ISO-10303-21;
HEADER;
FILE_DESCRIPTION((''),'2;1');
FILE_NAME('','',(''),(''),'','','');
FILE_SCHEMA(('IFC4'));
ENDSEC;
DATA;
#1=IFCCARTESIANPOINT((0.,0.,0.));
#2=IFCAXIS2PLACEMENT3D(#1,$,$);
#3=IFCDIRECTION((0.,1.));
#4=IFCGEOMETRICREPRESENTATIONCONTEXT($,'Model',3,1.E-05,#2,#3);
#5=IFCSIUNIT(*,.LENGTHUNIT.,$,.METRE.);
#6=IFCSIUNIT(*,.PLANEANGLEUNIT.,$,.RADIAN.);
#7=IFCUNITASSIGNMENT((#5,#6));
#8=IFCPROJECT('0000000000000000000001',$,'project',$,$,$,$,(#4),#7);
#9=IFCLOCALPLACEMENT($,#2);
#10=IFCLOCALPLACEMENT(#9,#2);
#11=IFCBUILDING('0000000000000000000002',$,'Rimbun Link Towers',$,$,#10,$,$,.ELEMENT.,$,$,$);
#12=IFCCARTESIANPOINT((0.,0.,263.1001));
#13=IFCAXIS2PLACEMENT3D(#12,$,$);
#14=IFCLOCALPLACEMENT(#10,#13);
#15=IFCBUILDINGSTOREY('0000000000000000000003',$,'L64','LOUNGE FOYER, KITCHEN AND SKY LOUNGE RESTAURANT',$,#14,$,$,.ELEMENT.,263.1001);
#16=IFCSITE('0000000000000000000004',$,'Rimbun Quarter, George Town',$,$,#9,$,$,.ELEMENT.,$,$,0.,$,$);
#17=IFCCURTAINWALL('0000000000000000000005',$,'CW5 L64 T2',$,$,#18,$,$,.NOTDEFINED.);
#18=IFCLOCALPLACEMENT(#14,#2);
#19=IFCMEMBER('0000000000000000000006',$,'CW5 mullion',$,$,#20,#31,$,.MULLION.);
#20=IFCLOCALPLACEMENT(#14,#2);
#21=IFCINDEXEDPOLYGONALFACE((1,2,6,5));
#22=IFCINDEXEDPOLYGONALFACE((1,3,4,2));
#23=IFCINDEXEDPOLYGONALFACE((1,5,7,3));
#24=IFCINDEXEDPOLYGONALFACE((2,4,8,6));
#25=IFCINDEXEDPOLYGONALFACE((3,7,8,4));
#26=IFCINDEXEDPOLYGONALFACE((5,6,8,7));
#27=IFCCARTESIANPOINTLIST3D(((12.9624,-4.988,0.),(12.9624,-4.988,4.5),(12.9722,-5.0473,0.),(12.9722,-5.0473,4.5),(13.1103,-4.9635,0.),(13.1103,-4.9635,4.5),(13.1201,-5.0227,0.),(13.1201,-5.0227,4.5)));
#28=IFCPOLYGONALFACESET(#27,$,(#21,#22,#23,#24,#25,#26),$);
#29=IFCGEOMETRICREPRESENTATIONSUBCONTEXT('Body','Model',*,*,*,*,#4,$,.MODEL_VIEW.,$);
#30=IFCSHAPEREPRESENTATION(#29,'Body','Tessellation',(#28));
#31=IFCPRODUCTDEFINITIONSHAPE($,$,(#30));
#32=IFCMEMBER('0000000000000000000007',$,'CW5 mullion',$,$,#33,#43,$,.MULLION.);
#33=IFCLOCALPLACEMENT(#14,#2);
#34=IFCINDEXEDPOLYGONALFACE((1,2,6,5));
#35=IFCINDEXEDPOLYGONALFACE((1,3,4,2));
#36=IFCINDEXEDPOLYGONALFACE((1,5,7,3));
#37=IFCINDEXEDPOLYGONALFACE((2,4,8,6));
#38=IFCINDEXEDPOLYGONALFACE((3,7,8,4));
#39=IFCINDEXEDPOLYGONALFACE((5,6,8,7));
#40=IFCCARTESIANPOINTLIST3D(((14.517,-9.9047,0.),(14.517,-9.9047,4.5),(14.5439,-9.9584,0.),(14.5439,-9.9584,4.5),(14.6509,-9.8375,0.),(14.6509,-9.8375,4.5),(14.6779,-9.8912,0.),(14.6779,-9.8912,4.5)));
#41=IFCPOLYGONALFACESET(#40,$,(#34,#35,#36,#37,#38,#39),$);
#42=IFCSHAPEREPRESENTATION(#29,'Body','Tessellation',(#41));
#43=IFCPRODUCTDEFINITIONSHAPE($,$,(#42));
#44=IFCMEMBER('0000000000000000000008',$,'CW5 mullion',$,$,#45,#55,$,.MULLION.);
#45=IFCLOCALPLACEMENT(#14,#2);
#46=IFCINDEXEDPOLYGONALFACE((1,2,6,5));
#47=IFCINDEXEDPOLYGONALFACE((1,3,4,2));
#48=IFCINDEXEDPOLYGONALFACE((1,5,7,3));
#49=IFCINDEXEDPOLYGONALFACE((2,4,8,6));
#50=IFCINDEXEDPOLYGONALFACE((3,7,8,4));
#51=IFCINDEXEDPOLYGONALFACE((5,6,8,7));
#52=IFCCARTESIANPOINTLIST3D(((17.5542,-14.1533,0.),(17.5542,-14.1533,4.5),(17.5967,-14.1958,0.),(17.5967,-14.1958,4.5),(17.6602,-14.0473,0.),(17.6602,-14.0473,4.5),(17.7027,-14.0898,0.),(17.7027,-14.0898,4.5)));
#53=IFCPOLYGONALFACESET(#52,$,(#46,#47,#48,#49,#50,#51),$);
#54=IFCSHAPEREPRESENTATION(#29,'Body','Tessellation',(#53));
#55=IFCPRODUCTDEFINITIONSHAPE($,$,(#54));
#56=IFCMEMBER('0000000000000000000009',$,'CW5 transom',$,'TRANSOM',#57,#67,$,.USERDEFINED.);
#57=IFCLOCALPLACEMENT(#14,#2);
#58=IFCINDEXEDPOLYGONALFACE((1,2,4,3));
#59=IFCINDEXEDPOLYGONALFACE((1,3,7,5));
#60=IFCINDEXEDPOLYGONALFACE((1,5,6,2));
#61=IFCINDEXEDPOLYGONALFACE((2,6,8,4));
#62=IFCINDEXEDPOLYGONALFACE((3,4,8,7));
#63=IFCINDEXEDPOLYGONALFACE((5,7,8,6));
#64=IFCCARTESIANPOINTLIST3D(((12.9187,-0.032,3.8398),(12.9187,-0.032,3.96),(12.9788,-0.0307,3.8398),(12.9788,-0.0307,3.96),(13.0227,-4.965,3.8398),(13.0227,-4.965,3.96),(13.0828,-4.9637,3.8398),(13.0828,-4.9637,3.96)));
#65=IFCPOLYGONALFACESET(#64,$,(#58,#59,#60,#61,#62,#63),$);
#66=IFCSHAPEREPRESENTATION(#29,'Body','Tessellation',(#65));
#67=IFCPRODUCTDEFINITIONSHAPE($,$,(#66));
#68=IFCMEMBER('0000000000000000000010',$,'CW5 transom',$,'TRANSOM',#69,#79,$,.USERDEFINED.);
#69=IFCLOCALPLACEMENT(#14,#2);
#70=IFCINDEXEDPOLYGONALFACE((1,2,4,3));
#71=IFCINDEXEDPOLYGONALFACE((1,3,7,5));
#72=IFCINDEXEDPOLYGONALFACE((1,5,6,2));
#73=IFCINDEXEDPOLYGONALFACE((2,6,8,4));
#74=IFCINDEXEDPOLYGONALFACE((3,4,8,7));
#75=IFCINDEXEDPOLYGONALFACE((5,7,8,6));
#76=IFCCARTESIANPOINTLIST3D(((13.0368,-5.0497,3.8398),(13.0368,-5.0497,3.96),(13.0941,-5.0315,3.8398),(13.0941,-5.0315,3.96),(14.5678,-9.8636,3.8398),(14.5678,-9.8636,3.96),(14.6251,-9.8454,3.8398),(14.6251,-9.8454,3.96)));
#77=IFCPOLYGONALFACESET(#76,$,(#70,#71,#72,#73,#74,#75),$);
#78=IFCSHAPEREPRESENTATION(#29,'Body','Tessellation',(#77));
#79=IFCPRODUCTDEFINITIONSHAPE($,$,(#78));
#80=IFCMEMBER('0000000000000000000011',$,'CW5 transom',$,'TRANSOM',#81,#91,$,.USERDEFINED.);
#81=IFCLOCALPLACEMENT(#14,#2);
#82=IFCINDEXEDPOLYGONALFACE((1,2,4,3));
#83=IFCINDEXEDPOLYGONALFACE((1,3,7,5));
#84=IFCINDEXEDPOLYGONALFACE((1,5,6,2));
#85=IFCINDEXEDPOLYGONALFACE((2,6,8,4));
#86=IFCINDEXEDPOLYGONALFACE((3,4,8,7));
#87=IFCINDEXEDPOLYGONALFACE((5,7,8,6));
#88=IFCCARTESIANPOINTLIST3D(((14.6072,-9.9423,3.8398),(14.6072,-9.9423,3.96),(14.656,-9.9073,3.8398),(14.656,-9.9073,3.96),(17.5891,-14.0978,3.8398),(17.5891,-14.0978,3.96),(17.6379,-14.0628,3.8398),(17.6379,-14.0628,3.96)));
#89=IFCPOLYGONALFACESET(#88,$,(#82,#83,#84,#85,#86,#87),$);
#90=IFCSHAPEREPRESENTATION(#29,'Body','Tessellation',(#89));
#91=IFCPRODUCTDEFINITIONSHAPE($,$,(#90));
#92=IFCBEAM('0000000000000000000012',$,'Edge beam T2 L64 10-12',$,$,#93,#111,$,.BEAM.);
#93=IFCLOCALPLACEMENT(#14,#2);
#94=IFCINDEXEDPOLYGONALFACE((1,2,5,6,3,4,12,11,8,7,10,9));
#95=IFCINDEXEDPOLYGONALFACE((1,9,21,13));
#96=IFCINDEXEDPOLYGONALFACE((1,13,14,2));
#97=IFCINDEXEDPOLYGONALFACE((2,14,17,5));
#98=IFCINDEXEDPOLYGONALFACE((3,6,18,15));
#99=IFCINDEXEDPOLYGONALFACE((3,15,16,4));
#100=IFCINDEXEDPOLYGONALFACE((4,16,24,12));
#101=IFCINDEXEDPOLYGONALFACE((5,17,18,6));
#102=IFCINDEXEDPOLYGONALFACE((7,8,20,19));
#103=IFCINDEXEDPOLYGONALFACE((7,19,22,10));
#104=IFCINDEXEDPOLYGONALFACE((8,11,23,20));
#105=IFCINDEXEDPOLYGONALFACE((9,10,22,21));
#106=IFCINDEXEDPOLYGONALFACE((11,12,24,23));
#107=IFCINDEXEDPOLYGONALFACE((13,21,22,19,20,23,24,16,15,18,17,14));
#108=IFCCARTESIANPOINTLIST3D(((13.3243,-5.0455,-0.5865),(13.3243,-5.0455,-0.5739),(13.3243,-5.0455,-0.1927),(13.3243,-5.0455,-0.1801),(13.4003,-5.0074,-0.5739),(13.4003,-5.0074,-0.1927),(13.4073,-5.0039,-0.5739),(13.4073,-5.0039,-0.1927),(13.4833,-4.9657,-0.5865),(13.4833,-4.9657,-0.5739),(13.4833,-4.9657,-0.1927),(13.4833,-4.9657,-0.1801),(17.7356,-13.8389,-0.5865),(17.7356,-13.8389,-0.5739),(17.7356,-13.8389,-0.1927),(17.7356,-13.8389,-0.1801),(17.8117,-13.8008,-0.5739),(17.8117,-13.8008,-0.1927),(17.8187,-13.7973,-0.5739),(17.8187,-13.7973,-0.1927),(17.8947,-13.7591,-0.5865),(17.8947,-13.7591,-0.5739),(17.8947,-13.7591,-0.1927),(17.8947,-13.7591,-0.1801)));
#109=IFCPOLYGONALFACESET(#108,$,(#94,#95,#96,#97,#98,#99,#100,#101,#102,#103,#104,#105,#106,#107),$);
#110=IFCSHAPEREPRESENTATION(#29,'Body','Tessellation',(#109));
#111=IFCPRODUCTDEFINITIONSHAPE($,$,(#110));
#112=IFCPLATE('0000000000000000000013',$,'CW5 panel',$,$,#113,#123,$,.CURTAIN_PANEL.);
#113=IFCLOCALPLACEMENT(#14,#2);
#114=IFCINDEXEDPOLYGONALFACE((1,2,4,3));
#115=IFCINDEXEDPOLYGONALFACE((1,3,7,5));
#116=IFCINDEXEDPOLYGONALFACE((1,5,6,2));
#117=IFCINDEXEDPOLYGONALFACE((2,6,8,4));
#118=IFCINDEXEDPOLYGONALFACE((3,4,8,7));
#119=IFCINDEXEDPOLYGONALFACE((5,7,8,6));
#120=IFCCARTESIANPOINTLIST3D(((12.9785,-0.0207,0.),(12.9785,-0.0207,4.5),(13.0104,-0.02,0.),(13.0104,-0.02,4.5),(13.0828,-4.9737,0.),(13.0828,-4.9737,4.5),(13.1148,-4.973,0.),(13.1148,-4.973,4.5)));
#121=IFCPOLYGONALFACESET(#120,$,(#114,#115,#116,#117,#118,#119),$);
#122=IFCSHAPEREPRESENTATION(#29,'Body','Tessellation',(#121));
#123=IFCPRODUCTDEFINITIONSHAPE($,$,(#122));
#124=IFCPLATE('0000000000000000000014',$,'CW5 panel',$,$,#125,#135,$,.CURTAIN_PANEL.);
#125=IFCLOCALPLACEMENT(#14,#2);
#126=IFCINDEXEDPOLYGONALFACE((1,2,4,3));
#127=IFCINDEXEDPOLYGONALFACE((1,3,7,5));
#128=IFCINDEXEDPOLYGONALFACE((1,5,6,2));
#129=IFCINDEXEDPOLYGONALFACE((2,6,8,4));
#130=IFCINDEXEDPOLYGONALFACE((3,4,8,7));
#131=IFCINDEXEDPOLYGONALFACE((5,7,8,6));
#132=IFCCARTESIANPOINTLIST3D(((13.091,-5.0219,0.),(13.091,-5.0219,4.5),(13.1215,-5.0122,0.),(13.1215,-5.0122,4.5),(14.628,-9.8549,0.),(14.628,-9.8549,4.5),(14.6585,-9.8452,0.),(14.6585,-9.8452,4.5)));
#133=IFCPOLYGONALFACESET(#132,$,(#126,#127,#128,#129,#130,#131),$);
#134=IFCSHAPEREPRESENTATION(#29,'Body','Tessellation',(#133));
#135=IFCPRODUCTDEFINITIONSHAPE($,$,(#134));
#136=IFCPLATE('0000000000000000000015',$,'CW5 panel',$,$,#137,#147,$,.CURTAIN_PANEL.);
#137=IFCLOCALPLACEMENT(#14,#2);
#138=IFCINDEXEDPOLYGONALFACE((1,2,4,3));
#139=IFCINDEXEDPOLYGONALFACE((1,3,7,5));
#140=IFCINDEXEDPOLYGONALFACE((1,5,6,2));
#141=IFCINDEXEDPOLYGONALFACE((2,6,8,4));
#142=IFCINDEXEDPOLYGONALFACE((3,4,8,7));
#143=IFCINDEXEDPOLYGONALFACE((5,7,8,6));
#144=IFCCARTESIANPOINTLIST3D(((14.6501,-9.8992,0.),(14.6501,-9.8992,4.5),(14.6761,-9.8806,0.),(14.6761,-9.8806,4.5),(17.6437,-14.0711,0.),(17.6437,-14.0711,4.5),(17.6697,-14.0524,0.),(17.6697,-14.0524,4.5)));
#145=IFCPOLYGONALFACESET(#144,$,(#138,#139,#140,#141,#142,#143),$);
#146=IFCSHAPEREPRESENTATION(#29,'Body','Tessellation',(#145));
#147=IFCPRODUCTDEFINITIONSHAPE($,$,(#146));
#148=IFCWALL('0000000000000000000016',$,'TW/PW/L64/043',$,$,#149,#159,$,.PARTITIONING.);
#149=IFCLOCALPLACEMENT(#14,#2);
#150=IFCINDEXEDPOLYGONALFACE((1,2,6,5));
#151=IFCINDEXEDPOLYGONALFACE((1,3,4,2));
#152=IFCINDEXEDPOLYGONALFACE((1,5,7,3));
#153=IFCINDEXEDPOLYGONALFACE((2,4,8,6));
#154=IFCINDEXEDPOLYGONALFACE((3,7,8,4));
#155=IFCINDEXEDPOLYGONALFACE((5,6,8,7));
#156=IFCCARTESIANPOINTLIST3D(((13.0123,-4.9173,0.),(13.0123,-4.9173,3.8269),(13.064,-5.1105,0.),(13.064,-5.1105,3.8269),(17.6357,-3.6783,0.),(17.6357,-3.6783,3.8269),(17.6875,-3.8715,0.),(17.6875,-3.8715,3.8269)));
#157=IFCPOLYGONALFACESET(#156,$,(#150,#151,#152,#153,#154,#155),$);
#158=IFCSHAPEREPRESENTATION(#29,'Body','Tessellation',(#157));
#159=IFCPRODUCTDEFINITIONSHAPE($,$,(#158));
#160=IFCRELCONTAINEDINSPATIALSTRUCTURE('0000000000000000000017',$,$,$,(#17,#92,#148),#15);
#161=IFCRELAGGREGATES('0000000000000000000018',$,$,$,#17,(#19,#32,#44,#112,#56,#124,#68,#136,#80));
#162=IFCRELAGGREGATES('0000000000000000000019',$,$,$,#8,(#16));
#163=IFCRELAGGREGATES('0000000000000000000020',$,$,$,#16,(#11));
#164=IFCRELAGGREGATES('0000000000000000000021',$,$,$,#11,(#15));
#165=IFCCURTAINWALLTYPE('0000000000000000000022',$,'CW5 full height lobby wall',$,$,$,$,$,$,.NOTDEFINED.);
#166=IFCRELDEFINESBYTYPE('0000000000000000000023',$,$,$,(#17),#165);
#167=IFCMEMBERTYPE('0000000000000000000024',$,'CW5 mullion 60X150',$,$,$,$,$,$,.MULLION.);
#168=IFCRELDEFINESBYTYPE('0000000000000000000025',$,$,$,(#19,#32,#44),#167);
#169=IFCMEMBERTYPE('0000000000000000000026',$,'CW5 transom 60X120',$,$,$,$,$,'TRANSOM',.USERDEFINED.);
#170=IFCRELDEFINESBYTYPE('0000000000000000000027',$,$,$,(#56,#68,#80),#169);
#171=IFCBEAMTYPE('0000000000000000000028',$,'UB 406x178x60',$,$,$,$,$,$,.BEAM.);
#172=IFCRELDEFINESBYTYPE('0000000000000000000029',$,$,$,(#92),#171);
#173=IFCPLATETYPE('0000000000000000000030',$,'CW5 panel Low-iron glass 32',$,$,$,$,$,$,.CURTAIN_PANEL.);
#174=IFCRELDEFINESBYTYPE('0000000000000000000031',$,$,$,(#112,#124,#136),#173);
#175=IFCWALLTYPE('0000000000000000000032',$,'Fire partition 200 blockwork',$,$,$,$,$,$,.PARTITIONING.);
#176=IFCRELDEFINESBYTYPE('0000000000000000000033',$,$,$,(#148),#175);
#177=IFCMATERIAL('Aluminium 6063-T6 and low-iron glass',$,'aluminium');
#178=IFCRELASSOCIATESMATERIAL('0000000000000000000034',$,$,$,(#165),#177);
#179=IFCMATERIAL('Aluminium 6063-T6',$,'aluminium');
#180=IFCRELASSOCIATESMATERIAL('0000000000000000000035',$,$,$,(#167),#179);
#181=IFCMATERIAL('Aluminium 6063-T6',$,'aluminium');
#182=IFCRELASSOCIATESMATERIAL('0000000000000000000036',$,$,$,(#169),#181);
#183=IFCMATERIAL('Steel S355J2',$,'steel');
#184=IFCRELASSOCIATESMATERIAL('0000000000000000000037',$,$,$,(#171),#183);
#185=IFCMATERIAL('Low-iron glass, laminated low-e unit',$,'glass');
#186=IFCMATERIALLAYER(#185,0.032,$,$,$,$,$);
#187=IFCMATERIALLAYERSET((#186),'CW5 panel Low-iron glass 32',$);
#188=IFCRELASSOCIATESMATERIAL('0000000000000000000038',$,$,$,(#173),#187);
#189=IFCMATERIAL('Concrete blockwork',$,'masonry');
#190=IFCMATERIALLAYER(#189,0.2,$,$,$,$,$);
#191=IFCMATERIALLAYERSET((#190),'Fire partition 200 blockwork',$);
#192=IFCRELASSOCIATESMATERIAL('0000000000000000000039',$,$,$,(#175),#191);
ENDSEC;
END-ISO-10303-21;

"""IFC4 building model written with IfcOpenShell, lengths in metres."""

from ifc_helpers import new_model, si_unit, direction, frame, frame_2d, origin, origin_2d, place, context, subcontext, project, spatial, rectangle, i_section, extrude, material, layer, layer_set, material_profile, profile_set, type_object, element, aggregate, save


model = new_model("IFC4")

# Units and contexts
model_context = context("Model", 3, precision=1e-05, world=origin(), true_north=direction((0.0, 1.0)))
body_context = subcontext(model_context, "Body", "Model", "MODEL_VIEW")
ifc_project = project(units=[si_unit("LENGTHUNIT", "METRE"), si_unit("PLANEANGLEUNIT", "RADIAN")], contexts=[model_context])

# Site, building, storey
site_placement = place(None, origin())
site = spatial("IfcSite", under=ifc_project, at=site_placement, Name="Rimbun Quarter, George Town", CompositionType="ELEMENT", RefElevation=0.0)
building_placement = place(site_placement, origin())
building = spatial("IfcBuilding", under=site, at=building_placement, Name="Rimbun Link Towers", CompositionType="ELEMENT")
storey_placement = place(building_placement, frame((0.0, 0.0, 263.1001)))
storey = spatial("IfcBuildingStorey", under=building, at=storey_placement, Name="L64", Description="LOUNGE FOYER, KITCHEN AND SKY LOUNGE RESTAURANT", CompositionType="ELEMENT", Elevation=263.1001)

# Curtain wall, members
ifc_material_1 = material(Name="Aluminium 6063-T6 and low-iron glass", Category="aluminium")
curtain_wall_type = type_object("IfcCurtainWallType", Name="CW5 full height lobby wall", PredefinedType="NOTDEFINED", material=ifc_material_1)
curtain_wall_placement = place(storey_placement, origin())
curtain_wall = element("IfcCurtainWall", 1, at=curtain_wall_placement, inside=storey, type_object=curtain_wall_type, Name="CW5 L64 T2", PredefinedType="NOTDEFINED")
ifc_material_2 = material(Name="Aluminium 6063-T6", Category="aluminium")
ifc_material_profile_1 = material_profile(ifc_material_2, rectangle(XDim=0.1499, YDim=0.0601, at=origin_2d()), Name="MULLION 60X150")
ifc_profile_set_1 = profile_set([ifc_material_profile_1], Name="Aluminium 6063-T6")
member_type_1 = type_object("IfcMemberType", Name="CW5 mullion 60X150", PredefinedType="MULLION", material=ifc_profile_set_1)
member_1_placement = place(storey_placement, frame((13.0413, -5.0054, 0.0), z_axis=(0.0, 0.0, 1.0), x_axis=(-0.986502, -0.163751, 0.0)))
member_1 = element("IfcMember", 2, at=member_1_placement, type_object=member_type_1, Name="CW5 mullion", PredefinedType="MULLION", context=body_context, shape_type="SweptSolid", body=[
    extrude(rectangle(XDim=0.1499, YDim=0.0601, at=origin_2d()), origin(), (0.0, 0.0, 1.0), 4.5),
])
member_2_placement = place(storey_placement, frame((14.5974, -9.8979, 0.0), z_axis=(0.0, 0.0, 1.0), x_axis=(-0.893745, -0.448575, 0.0)))
member_2 = element("IfcMember", 3, at=member_2_placement, type_object=member_type_1, Name="CW5 mullion", PredefinedType="MULLION", context=body_context, shape_type="SweptSolid", body=[
    extrude(rectangle(XDim=0.1499, YDim=0.0601, at=origin_2d()), origin(), (0.0, 0.0, 1.0), 4.5),
])
member_3_placement = place(storey_placement, frame((17.6284, -14.1216, 0.0), z_axis=(0.0, 0.0, 1.0), x_axis=(-0.707107, -0.707107, 0.0)))
member_3 = element("IfcMember", 4, at=member_3_placement, type_object=member_type_1, Name="CW5 mullion", PredefinedType="MULLION", context=body_context, shape_type="SweptSolid", body=[
    extrude(rectangle(XDim=0.1499, YDim=0.0601, at=origin_2d()), origin(), (0.0, 0.0, 1.0), 4.5),
])
ifc_material_3 = material(Name="Aluminium 6063-T6", Category="aluminium")
ifc_material_profile_2 = material_profile(ifc_material_3, rectangle(XDim=0.0601, YDim=0.1201, at=origin_2d()), Name="TRANSOM 60X120")
ifc_profile_set_2 = profile_set([ifc_material_profile_2], Name="Aluminium 6063-T6")
member_type_2 = type_object("IfcMemberType", Name="CW5 transom 60X120", ElementType="TRANSOM", PredefinedType="USERDEFINED", material=ifc_profile_set_2)
member_4_placement = place(storey_placement, frame((13.0527, -4.9644, 3.8999), z_axis=(-0.021078, 0.999778, 0.0), x_axis=(-0.999778, -0.021078, 0.0)))
member_4 = element("IfcMember", 5, at=member_4_placement, type_object=member_type_2, Name="CW5 transom", ObjectType="TRANSOM", PredefinedType="USERDEFINED", context=body_context, shape_type="SweptSolid", body=[
    extrude(rectangle(XDim=0.0601, YDim=0.1201, at=origin_2d()), origin(), (0.0, 0.0, 1.0), 4.9341),
])
member_5_placement = place(storey_placement, frame((14.5964, -9.8545, 3.8999), z_axis=(-0.303076, 0.952966, 0.0), x_axis=(-0.952966, -0.303076, 0.0)))
member_5 = element("IfcMember", 6, at=member_5_placement, type_object=member_type_2, Name="CW5 transom", ObjectType="TRANSOM", PredefinedType="USERDEFINED", context=body_context, shape_type="SweptSolid", body=[
    extrude(rectangle(XDim=0.0601, YDim=0.1201, at=origin_2d()), origin(), (0.0, 0.0, 1.0), 5.0515),
])
member_6_placement = place(storey_placement, frame((17.6135, -14.0803, 3.8999), z_axis=(-0.583011, 0.812464, 0.0), x_axis=(-0.812464, -0.583011, 0.0)))
member_6 = element("IfcMember", 7, at=member_6_placement, type_object=member_type_2, Name="CW5 transom", ObjectType="TRANSOM", PredefinedType="USERDEFINED", context=body_context, shape_type="SweptSolid", body=[
    extrude(rectangle(XDim=0.0601, YDim=0.1201, at=origin_2d()), origin(), (0.0, 0.0, 1.0), 5.1147),
])

# Beam
ifc_material_4 = material(Name="Steel S355J2", Category="steel")
ifc_material_profile_3 = material_profile(ifc_material_4, i_section(OverallWidth=0.178, OverallDepth=0.4065, WebThickness=0.0078, FlangeThickness=0.0127, at=origin_2d()), Name="UB 406x178x60")
ifc_profile_set_3 = profile_set([ifc_material_profile_3], Name="Steel S355J2")
beam_type = type_object("IfcBeamType", Name="UB 406x178x60", PredefinedType="BEAM", material=ifc_profile_set_3)
beam_placement = place(storey_placement, frame((13.4038, -5.0056, -0.3833), z_axis=(0.448404, -0.893831, 0.0), x_axis=(0.893831, 0.448404, 0.0)))
element("IfcBeam", 8, at=beam_placement, inside=storey, type_object=beam_type, Name="Edge beam T2 L64 10-12", PredefinedType="BEAM", context=body_context, shape_type="SweptSolid", body=[
    extrude(i_section(OverallWidth=0.178, OverallDepth=0.4065, WebThickness=0.0078, FlangeThickness=0.0127, at=origin_2d()), origin(), (0.0, 0.0, 1.0), 9.8379),
])

# Plates
ifc_material_5 = material(Name="Low-iron glass, laminated low-e unit", Category="glass")
ifc_layer_1 = layer(ifc_material_5, 0.032)
ifc_layer_set_1 = layer_set([ifc_layer_1], Name="CW5 panel Low-iron glass 32")
plate_type = type_object("IfcPlateType", Name="CW5 panel Low-iron glass 32", PredefinedType="CURTAIN_PANEL", material=ifc_layer_set_1)
plate_1_placement = place(storey_placement, frame((13.0466, -2.4968, 0.0), z_axis=(0.0, 0.0, 1.0), x_axis=(-0.021064, 0.999778, 0.0)))
plate_1 = element("IfcPlate", 9, at=plate_1_placement, type_object=plate_type, Name="CW5 panel", PredefinedType="CURTAIN_PANEL", context=body_context, shape_type="SweptSolid", body=[
    extrude(rectangle(XDim=4.9541, YDim=0.032, at=origin_2d()), origin(), (0.0, 0.0, 1.0), 4.5),
])
plate_2_placement = place(storey_placement, frame((13.8748, -7.4336, 0.0), z_axis=(0.0, 0.0, 1.0), x_axis=(-0.303074, 0.952967, 0.0)))
plate_2 = element("IfcPlate", 10, at=plate_2_placement, type_object=plate_type, Name="CW5 panel", PredefinedType="CURTAIN_PANEL", context=body_context, shape_type="SweptSolid", body=[
    extrude(rectangle(XDim=5.0715, YDim=0.032, at=origin_2d()), origin(), (0.0, 0.0, 1.0), 4.5),
])
plate_3_placement = place(storey_placement, frame((16.1599, -11.9758, 0.0), z_axis=(0.0, 0.0, 1.0), x_axis=(-0.583006, 0.812468, 0.0)))
plate_3 = element("IfcPlate", 11, at=plate_3_placement, type_object=plate_type, Name="CW5 panel", PredefinedType="CURTAIN_PANEL", context=body_context, shape_type="SweptSolid", body=[
    extrude(rectangle(XDim=5.1348, YDim=0.032, at=origin_2d()), origin(), (0.0, 0.0, 1.0), 4.5),
])
aggregate(curtain_wall, [member_1, member_2, member_3, plate_1, member_4, plate_2, member_5, plate_3, member_6])

# Wall
ifc_material_6 = material(Name="Concrete blockwork", Category="masonry")
ifc_layer_2 = layer(ifc_material_6, 0.2)
ifc_layer_set_2 = layer_set([ifc_layer_2], Name="Fire partition 200 blockwork")
wall_type_1 = type_object("IfcWallType", Name="Fire partition 200 blockwork", PredefinedType="PARTITIONING", material=ifc_layer_set_2)
wall_1_placement = place(storey_placement, frame((17.6616, -3.7749, 0.0), z_axis=(0.0, 0.0, 1.0), x_axis=(-0.965918, -0.258847, 0.0)))
element("IfcWall", 12, at=wall_1_placement, inside=storey, type_object=wall_type_1, Name="TW/PW/L64/043", PredefinedType="PARTITIONING", context=body_context, shape_type="SweptSolid", body=[
    extrude(rectangle(XDim=4.7866, YDim=0.2, at=frame_2d((2.3933, 0.0))), origin(), (0.0, 0.0, 1.0), 3.8269),
])

save(model, "model.ifc")
